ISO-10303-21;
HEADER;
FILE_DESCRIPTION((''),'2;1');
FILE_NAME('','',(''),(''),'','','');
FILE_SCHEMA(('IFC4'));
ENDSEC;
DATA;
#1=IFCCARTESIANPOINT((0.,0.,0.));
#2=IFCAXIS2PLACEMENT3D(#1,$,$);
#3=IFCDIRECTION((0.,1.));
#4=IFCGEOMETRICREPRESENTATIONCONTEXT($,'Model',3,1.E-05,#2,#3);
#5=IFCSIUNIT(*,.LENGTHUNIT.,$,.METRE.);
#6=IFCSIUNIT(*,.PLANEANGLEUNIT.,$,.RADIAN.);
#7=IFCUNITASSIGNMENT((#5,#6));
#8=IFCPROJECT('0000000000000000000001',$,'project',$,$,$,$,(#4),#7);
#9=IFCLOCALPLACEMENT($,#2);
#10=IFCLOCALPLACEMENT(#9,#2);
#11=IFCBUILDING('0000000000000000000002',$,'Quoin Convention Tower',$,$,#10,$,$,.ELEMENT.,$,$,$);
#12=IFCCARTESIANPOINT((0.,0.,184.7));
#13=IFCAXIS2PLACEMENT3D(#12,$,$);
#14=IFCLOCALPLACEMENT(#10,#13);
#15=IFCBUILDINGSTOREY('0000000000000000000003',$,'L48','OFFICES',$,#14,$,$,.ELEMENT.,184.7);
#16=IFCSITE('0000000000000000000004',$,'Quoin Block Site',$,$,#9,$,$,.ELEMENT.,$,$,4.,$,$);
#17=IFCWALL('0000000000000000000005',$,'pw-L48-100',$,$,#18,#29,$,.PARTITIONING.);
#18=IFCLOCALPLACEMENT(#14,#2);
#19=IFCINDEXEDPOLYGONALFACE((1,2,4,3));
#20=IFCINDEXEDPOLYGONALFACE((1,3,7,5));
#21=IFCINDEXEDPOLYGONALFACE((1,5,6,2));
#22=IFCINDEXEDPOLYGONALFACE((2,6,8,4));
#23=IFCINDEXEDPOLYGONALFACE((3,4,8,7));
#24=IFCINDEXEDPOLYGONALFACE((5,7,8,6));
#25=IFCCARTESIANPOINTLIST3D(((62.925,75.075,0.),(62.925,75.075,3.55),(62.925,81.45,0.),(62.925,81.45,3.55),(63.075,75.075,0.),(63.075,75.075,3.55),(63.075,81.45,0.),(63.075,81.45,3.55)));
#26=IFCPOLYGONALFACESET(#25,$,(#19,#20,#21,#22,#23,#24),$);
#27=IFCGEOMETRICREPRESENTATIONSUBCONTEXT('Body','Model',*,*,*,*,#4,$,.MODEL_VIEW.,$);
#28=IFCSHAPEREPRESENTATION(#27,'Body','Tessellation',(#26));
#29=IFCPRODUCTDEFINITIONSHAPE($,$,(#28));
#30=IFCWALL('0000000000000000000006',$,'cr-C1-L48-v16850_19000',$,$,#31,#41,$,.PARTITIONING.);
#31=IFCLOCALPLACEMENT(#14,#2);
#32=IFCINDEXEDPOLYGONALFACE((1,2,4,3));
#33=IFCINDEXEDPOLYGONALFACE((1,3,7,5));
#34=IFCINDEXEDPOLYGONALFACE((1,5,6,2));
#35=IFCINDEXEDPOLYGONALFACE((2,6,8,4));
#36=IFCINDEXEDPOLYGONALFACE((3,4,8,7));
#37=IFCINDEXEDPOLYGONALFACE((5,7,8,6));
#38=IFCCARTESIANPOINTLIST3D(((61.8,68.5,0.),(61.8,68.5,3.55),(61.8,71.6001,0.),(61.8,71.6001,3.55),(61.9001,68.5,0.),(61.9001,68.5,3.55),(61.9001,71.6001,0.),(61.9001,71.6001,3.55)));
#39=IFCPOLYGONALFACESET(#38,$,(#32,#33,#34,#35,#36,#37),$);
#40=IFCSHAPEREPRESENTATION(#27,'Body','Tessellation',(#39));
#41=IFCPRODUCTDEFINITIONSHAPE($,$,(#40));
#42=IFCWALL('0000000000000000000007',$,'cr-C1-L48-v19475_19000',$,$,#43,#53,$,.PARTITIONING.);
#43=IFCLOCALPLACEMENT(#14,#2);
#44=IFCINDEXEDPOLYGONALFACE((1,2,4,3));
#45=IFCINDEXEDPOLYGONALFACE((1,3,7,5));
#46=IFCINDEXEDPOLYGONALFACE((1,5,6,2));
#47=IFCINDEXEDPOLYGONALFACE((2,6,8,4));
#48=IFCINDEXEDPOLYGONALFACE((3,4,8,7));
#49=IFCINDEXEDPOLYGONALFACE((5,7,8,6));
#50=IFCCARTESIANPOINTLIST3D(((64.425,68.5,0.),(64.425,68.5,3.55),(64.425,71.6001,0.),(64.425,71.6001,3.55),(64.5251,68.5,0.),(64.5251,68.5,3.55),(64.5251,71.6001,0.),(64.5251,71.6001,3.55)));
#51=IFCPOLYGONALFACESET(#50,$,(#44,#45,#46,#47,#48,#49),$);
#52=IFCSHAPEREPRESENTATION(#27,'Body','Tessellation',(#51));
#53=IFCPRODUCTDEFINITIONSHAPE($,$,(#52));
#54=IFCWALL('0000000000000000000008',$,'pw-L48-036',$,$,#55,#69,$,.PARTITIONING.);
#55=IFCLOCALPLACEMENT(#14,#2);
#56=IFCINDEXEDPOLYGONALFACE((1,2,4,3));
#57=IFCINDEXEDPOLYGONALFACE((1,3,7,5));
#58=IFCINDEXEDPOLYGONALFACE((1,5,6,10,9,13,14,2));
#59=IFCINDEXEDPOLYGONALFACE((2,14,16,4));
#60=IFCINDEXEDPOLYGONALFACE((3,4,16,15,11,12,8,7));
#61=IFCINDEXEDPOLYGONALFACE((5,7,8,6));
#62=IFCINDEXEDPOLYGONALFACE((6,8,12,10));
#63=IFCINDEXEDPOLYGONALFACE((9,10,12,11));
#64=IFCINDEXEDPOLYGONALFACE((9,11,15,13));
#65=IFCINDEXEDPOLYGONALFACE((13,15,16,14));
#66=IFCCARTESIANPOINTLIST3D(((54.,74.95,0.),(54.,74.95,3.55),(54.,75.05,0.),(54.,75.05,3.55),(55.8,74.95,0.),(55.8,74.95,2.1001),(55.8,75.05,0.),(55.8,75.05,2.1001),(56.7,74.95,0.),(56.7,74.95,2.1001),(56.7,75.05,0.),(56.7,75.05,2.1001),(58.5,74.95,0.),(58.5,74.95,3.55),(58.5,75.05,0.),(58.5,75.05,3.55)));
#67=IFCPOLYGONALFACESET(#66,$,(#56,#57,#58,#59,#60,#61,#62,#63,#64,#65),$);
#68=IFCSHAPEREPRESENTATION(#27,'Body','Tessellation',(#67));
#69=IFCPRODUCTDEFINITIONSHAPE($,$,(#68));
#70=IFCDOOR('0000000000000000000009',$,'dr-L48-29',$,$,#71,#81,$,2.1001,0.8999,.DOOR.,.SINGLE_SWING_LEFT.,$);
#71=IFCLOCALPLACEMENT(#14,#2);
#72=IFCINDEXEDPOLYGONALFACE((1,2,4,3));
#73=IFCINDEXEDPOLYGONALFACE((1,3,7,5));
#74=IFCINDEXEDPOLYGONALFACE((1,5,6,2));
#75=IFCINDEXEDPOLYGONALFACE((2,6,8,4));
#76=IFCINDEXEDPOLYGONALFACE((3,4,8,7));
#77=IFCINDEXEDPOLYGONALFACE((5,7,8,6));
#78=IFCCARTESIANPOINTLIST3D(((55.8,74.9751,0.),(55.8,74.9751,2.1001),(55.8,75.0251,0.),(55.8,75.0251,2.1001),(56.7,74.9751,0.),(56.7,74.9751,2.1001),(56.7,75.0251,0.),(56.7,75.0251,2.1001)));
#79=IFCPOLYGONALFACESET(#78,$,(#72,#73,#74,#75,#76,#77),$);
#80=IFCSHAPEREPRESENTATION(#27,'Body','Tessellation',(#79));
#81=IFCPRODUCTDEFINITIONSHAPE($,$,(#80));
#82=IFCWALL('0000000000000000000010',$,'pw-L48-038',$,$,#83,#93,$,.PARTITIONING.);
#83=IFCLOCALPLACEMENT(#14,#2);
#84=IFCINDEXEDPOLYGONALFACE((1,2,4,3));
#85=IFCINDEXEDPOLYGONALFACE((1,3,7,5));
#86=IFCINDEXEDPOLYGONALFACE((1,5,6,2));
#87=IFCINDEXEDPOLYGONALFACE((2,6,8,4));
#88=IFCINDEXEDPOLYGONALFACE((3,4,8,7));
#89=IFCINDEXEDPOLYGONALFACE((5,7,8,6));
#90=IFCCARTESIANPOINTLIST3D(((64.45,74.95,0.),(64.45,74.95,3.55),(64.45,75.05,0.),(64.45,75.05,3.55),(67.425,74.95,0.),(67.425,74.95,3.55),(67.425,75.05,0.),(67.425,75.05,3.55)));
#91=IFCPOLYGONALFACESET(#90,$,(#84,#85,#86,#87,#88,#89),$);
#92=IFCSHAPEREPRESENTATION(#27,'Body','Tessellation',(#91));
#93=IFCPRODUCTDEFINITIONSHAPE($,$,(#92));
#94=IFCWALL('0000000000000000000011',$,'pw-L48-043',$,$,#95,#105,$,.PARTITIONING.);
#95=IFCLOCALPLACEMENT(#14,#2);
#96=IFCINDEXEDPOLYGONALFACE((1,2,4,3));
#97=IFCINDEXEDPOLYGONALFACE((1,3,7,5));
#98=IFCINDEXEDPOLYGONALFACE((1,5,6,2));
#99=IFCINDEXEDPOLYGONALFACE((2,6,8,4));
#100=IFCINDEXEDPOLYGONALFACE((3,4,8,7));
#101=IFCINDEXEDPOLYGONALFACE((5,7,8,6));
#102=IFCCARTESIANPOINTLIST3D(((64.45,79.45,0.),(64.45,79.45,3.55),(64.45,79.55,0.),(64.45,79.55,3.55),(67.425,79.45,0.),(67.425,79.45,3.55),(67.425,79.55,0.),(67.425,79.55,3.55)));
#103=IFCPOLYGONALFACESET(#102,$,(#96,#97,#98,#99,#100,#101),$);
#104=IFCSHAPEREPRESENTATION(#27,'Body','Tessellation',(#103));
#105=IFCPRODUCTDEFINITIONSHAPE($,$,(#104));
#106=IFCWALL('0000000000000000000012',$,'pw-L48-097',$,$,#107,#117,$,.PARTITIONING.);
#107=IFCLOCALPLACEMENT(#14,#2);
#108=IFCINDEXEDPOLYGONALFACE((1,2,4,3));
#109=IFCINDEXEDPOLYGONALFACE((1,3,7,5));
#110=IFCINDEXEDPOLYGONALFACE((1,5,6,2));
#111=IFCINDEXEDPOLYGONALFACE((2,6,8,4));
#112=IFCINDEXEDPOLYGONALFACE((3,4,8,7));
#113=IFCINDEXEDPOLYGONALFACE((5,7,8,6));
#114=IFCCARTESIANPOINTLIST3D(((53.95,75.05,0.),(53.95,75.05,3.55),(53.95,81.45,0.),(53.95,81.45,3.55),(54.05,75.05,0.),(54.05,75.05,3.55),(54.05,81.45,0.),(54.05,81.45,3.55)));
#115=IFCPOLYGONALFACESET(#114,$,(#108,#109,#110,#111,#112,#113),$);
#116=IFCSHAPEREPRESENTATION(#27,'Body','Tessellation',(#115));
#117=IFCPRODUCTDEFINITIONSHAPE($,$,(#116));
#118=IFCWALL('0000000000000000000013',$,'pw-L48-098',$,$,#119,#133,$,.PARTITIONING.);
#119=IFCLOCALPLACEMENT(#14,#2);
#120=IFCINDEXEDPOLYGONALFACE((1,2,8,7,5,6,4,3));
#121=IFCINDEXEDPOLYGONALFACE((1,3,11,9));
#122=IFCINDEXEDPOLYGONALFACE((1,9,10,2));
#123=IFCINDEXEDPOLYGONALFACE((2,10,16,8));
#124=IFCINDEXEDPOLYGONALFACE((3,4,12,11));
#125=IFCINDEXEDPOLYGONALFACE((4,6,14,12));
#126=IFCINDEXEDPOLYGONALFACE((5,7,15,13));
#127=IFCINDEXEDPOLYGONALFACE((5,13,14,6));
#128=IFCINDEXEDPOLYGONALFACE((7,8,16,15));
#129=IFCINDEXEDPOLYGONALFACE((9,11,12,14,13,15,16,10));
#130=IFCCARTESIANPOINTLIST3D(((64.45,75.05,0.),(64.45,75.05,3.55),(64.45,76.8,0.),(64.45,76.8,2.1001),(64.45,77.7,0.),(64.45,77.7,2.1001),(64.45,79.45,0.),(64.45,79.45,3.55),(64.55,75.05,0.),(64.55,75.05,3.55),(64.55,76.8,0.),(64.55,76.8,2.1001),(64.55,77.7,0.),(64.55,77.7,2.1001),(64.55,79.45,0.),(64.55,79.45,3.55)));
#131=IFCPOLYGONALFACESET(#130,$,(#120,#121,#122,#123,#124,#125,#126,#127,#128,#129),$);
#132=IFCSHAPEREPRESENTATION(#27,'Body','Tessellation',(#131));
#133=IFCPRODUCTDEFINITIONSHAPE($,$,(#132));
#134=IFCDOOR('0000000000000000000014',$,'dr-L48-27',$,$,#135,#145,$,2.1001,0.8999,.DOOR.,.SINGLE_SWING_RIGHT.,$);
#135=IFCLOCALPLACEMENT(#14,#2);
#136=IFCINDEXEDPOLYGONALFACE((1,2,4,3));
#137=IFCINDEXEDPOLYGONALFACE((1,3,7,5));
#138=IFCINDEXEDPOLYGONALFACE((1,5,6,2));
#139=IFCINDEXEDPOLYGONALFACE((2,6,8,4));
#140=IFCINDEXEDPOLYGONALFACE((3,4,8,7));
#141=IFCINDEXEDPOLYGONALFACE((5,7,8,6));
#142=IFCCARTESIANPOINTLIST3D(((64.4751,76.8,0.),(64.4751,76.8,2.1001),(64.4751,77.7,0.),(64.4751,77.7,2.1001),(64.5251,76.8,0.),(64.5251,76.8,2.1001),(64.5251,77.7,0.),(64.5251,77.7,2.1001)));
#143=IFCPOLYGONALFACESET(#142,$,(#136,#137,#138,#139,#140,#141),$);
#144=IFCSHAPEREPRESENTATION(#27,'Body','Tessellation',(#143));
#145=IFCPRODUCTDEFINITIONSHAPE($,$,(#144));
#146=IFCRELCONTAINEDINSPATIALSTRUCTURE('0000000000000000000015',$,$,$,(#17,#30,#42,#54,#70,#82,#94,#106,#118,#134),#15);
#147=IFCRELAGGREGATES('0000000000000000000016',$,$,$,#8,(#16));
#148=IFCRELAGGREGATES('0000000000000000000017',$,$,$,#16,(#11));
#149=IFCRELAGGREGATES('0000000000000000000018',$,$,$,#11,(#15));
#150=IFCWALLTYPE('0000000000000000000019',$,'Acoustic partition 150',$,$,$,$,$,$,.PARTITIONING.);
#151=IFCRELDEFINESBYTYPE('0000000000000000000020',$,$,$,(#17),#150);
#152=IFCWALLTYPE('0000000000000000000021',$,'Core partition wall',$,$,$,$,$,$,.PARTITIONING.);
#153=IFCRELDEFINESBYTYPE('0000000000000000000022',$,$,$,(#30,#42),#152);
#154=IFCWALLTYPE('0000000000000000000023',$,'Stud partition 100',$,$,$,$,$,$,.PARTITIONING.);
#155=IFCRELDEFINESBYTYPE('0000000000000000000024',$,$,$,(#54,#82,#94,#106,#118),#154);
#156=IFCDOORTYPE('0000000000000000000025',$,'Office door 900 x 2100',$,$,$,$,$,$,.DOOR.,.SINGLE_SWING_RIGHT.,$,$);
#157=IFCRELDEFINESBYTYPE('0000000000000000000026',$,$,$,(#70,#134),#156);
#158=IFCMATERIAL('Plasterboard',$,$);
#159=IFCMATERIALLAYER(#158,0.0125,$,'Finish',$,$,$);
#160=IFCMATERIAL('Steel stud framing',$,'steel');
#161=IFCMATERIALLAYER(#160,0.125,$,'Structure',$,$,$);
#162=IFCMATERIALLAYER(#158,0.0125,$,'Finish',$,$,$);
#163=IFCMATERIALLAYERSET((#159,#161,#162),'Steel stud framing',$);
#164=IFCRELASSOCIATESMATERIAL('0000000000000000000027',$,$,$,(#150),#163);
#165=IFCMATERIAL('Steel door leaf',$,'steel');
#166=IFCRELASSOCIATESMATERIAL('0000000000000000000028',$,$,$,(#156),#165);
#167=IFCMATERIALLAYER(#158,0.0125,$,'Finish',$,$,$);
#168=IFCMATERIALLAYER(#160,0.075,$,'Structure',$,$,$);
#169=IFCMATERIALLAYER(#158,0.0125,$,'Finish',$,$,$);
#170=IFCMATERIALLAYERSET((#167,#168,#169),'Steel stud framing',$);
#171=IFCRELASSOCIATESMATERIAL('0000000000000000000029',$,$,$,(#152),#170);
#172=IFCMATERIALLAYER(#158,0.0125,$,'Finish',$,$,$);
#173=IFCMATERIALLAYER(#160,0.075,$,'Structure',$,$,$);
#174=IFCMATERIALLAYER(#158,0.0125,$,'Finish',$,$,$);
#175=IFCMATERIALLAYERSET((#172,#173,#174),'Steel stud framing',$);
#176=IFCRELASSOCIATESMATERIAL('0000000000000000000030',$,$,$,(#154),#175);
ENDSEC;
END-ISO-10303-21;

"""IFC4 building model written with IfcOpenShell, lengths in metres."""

from ifc_helpers import new_model, si_unit, direction, frame, frame_2d, origin, place, context, subcontext, project, spatial, rectangle, extrude, material, layer, layer_set, type_object, element, fill, save


model = new_model("IFC4")

# Units and contexts
model_context = context("Model", 3, precision=1e-05, world=origin(), true_north=direction((0.0, 1.0)))
body_context = subcontext(model_context, "Body", "Model", "MODEL_VIEW")
ifc_project = project(units=[si_unit("LENGTHUNIT", "METRE"), si_unit("PLANEANGLEUNIT", "RADIAN")], contexts=[model_context])

# Site, building, storey
site_placement = place(None, origin())
site = spatial("IfcSite", under=ifc_project, at=site_placement, Name="Quoin Block Site", CompositionType="ELEMENT", RefElevation=4.0)
building_placement = place(site_placement, origin())
building = spatial("IfcBuilding", under=site, at=building_placement, Name="Quoin Convention Tower", CompositionType="ELEMENT")
storey_placement = place(building_placement, frame((0.0, 0.0, 184.7)))
storey = spatial("IfcBuildingStorey", under=building, at=storey_placement, Name="L48", Description="OFFICES", CompositionType="ELEMENT", Elevation=184.7)

# Shared definitions
ifc_material_1 = material(Name="Plasterboard")
ifc_layer_1 = layer(ifc_material_1, 0.0125, Name="Finish")
ifc_material_2 = material(Name="Steel stud framing", Category="steel")
ifc_layer_2 = layer(ifc_material_2, 0.125, Name="Structure")
ifc_layer_3 = layer(ifc_material_1, 0.0125, Name="Finish")
ifc_layer_set_1 = layer_set([ifc_layer_1, ifc_layer_2, ifc_layer_3], Name="Steel stud framing")
wall_type_1 = type_object("IfcWallType", Name="Acoustic partition 150", PredefinedType="PARTITIONING", material=ifc_layer_set_1)
ifc_material_3 = material(Name="Steel door leaf", Category="steel")
door_type = type_object("IfcDoorType", Name="Office door 900 x 2100", OperationType="SINGLE_SWING_RIGHT", PredefinedType="DOOR", material=ifc_material_3)

# Walls
for number, where, z_axis, x_axis, name in (
    (1, (63.0, 75.075, 0.0), (0.0, 0.0, 1.0), (0.0, 1.0, 0.0), "pw-L48-100"),
):
    element("IfcWall", number, at=place(storey_placement, frame(where, z_axis=z_axis, x_axis=x_axis)), inside=storey, type_object=wall_type_1, Name=name, PredefinedType="PARTITIONING", context=body_context, shape_type="SweptSolid", body=[
        extrude(rectangle(XDim=6.375, YDim=0.1499, at=frame_2d((3.1875, 0.0))), origin(), (0.0, 0.0, 1.0), 3.55),
    ])
ifc_layer_4 = layer(ifc_material_1, 0.0125, Name="Finish")
ifc_layer_5 = layer(ifc_material_2, 0.075, Name="Structure")
ifc_layer_6 = layer(ifc_material_1, 0.0125, Name="Finish")
ifc_layer_set_2 = layer_set([ifc_layer_4, ifc_layer_5, ifc_layer_6], Name="Steel stud framing")
wall_type_2 = type_object("IfcWallType", Name="Core partition wall", PredefinedType="PARTITIONING", material=ifc_layer_set_2)
for number, where, z_axis, x_axis, name in (
    (2, (61.8501, 68.5, 0.0), (0.0, 0.0, 1.0), (0.0, 1.0, 0.0), "cr-C1-L48-v16850_19000"),
    (3, (64.4751, 68.5, 0.0), (0.0, 0.0, 1.0), (0.0, 1.0, 0.0), "cr-C1-L48-v19475_19000"),
):
    element("IfcWall", number, at=place(storey_placement, frame(where, z_axis=z_axis, x_axis=x_axis)), inside=storey, type_object=wall_type_2, Name=name, PredefinedType="PARTITIONING", context=body_context, shape_type="SweptSolid", body=[
        extrude(rectangle(XDim=3.1001, YDim=0.1001, at=frame_2d((1.55, 0.0))), origin(), (0.0, 0.0, 1.0), 3.55),
    ])

# Wall, opening, door
ifc_layer_7 = layer(ifc_material_1, 0.0125, Name="Finish")
ifc_layer_8 = layer(ifc_material_2, 0.075, Name="Structure")
ifc_layer_9 = layer(ifc_material_1, 0.0125, Name="Finish")
ifc_layer_set_3 = layer_set([ifc_layer_7, ifc_layer_8, ifc_layer_9], Name="Steel stud framing")
wall_type_3 = type_object("IfcWallType", Name="Stud partition 100", PredefinedType="PARTITIONING", material=ifc_layer_set_3)
wall_1_placement = place(storey_placement, frame((54.0, 75.0, 0.0), z_axis=(0.0, 0.0, 1.0), x_axis=(1.0, 0.0, 0.0)))
wall_1 = element("IfcWall", 4, at=wall_1_placement, inside=storey, type_object=wall_type_3, Name="pw-L48-036", PredefinedType="PARTITIONING", context=body_context, shape_type="SweptSolid", body=[
    extrude(rectangle(XDim=4.5, YDim=0.1001, at=frame_2d((2.25, 0.0))), origin(), (0.0, 0.0, 1.0), 3.55),
])
opening_1_placement = place(wall_1_placement, frame((1.8, 0.0, 0.0)))
opening_1 = element("IfcOpeningElement", 5, at=opening_1_placement, cuts=wall_1, PredefinedType="OPENING", context=body_context, shape_type="SweptSolid", body=[
    extrude(rectangle(XDim=0.8999, YDim=2.1001, at=frame_2d((0.45, 1.05))), frame((0.0, 0.0601, 0.0), z_axis=(0.0, -1.0, 0.0), x_axis=(1.0, 0.0, 0.0)), (0.0, 0.0, 1.0), 0.1201),
])
door_1_placement = place(opening_1_placement, frame((0.8999, 0.0, 0.0), z_axis=(0.0, 0.0, 1.0), x_axis=(-1.0, 0.0, 0.0)))
door_1 = element("IfcDoor", 6, at=door_1_placement, inside=storey, type_object=door_type, Name="dr-L48-29", OperationType="SINGLE_SWING_LEFT", OverallHeight=2.1001, OverallWidth=0.8999, PredefinedType="DOOR", context=body_context, shape_type="SweptSolid", body=[
    extrude(rectangle(XDim=0.8999, YDim=2.1001, at=frame_2d((0.45, 1.05))), frame((0.0, 0.0249, 0.0), z_axis=(0.0, -1.0, 0.0), x_axis=(1.0, 0.0, 0.0)), (0.0, 0.0, 1.0), 0.05),
])
fill(opening_1, door_1)

# Walls
for number, where, z_axis, x_axis, name in (
    (7, (64.45, 75.0, 0.0), (0.0, 0.0, 1.0), (1.0, 0.0, 0.0), "pw-L48-038"),
    (8, (64.45, 79.5, 0.0), (0.0, 0.0, 1.0), (1.0, 0.0, 0.0), "pw-L48-043"),
):
    element("IfcWall", number, at=place(storey_placement, frame(where, z_axis=z_axis, x_axis=x_axis)), inside=storey, type_object=wall_type_3, Name=name, PredefinedType="PARTITIONING", context=body_context, shape_type="SweptSolid", body=[
        extrude(rectangle(XDim=2.9751, YDim=0.1001, at=frame_2d((1.4875, 0.0))), origin(), (0.0, 0.0, 1.0), 3.55),
    ])
wall_2_placement = place(storey_placement, frame((54.0, 75.05, 0.0), z_axis=(0.0, 0.0, 1.0), x_axis=(0.0, 1.0, 0.0)))
element("IfcWall", 9, at=wall_2_placement, inside=storey, type_object=wall_type_3, Name="pw-L48-097", PredefinedType="PARTITIONING", context=body_context, shape_type="SweptSolid", body=[
    extrude(rectangle(XDim=6.3999, YDim=0.1001, at=frame_2d((3.2, 0.0))), origin(), (0.0, 0.0, 1.0), 3.55),
])

# Wall, opening, door
wall_3_placement = place(storey_placement, frame((64.5, 75.05, 0.0), z_axis=(0.0, 0.0, 1.0), x_axis=(0.0, 1.0, 0.0)))
wall_3 = element("IfcWall", 10, at=wall_3_placement, inside=storey, type_object=wall_type_3, Name="pw-L48-098", PredefinedType="PARTITIONING", context=body_context, shape_type="SweptSolid", body=[
    extrude(rectangle(XDim=4.3999, YDim=0.1001, at=frame_2d((2.2, 0.0))), origin(), (0.0, 0.0, 1.0), 3.55),
])
opening_2_placement = place(wall_3_placement, frame((1.75, 0.0, 0.0)))
opening_2 = element("IfcOpeningElement", 11, at=opening_2_placement, cuts=wall_3, PredefinedType="OPENING", context=body_context, shape_type="SweptSolid", body=[
    extrude(rectangle(XDim=0.8999, YDim=2.1001, at=frame_2d((0.45, 1.05))), frame((0.0, 0.0601, 0.0), z_axis=(0.0, -1.0, 0.0), x_axis=(1.0, 0.0, 0.0)), (0.0, 0.0, 1.0), 0.1201),
])
door_2_placement = place(opening_2_placement, origin())
door_2 = element("IfcDoor", 12, at=door_2_placement, inside=storey, type_object=door_type, Name="dr-L48-27", OperationType="SINGLE_SWING_RIGHT", OverallHeight=2.1001, OverallWidth=0.8999, PredefinedType="DOOR", context=body_context, shape_type="SweptSolid", body=[
    extrude(rectangle(XDim=0.8999, YDim=2.1001, at=frame_2d((0.45, 1.05))), frame((0.0, 0.0249, 0.0), z_axis=(0.0, -1.0, 0.0), x_axis=(1.0, 0.0, 0.0)), (0.0, 0.0, 1.0), 0.05),
])
fill(opening_2, door_2)

save(model, "model.ifc")
